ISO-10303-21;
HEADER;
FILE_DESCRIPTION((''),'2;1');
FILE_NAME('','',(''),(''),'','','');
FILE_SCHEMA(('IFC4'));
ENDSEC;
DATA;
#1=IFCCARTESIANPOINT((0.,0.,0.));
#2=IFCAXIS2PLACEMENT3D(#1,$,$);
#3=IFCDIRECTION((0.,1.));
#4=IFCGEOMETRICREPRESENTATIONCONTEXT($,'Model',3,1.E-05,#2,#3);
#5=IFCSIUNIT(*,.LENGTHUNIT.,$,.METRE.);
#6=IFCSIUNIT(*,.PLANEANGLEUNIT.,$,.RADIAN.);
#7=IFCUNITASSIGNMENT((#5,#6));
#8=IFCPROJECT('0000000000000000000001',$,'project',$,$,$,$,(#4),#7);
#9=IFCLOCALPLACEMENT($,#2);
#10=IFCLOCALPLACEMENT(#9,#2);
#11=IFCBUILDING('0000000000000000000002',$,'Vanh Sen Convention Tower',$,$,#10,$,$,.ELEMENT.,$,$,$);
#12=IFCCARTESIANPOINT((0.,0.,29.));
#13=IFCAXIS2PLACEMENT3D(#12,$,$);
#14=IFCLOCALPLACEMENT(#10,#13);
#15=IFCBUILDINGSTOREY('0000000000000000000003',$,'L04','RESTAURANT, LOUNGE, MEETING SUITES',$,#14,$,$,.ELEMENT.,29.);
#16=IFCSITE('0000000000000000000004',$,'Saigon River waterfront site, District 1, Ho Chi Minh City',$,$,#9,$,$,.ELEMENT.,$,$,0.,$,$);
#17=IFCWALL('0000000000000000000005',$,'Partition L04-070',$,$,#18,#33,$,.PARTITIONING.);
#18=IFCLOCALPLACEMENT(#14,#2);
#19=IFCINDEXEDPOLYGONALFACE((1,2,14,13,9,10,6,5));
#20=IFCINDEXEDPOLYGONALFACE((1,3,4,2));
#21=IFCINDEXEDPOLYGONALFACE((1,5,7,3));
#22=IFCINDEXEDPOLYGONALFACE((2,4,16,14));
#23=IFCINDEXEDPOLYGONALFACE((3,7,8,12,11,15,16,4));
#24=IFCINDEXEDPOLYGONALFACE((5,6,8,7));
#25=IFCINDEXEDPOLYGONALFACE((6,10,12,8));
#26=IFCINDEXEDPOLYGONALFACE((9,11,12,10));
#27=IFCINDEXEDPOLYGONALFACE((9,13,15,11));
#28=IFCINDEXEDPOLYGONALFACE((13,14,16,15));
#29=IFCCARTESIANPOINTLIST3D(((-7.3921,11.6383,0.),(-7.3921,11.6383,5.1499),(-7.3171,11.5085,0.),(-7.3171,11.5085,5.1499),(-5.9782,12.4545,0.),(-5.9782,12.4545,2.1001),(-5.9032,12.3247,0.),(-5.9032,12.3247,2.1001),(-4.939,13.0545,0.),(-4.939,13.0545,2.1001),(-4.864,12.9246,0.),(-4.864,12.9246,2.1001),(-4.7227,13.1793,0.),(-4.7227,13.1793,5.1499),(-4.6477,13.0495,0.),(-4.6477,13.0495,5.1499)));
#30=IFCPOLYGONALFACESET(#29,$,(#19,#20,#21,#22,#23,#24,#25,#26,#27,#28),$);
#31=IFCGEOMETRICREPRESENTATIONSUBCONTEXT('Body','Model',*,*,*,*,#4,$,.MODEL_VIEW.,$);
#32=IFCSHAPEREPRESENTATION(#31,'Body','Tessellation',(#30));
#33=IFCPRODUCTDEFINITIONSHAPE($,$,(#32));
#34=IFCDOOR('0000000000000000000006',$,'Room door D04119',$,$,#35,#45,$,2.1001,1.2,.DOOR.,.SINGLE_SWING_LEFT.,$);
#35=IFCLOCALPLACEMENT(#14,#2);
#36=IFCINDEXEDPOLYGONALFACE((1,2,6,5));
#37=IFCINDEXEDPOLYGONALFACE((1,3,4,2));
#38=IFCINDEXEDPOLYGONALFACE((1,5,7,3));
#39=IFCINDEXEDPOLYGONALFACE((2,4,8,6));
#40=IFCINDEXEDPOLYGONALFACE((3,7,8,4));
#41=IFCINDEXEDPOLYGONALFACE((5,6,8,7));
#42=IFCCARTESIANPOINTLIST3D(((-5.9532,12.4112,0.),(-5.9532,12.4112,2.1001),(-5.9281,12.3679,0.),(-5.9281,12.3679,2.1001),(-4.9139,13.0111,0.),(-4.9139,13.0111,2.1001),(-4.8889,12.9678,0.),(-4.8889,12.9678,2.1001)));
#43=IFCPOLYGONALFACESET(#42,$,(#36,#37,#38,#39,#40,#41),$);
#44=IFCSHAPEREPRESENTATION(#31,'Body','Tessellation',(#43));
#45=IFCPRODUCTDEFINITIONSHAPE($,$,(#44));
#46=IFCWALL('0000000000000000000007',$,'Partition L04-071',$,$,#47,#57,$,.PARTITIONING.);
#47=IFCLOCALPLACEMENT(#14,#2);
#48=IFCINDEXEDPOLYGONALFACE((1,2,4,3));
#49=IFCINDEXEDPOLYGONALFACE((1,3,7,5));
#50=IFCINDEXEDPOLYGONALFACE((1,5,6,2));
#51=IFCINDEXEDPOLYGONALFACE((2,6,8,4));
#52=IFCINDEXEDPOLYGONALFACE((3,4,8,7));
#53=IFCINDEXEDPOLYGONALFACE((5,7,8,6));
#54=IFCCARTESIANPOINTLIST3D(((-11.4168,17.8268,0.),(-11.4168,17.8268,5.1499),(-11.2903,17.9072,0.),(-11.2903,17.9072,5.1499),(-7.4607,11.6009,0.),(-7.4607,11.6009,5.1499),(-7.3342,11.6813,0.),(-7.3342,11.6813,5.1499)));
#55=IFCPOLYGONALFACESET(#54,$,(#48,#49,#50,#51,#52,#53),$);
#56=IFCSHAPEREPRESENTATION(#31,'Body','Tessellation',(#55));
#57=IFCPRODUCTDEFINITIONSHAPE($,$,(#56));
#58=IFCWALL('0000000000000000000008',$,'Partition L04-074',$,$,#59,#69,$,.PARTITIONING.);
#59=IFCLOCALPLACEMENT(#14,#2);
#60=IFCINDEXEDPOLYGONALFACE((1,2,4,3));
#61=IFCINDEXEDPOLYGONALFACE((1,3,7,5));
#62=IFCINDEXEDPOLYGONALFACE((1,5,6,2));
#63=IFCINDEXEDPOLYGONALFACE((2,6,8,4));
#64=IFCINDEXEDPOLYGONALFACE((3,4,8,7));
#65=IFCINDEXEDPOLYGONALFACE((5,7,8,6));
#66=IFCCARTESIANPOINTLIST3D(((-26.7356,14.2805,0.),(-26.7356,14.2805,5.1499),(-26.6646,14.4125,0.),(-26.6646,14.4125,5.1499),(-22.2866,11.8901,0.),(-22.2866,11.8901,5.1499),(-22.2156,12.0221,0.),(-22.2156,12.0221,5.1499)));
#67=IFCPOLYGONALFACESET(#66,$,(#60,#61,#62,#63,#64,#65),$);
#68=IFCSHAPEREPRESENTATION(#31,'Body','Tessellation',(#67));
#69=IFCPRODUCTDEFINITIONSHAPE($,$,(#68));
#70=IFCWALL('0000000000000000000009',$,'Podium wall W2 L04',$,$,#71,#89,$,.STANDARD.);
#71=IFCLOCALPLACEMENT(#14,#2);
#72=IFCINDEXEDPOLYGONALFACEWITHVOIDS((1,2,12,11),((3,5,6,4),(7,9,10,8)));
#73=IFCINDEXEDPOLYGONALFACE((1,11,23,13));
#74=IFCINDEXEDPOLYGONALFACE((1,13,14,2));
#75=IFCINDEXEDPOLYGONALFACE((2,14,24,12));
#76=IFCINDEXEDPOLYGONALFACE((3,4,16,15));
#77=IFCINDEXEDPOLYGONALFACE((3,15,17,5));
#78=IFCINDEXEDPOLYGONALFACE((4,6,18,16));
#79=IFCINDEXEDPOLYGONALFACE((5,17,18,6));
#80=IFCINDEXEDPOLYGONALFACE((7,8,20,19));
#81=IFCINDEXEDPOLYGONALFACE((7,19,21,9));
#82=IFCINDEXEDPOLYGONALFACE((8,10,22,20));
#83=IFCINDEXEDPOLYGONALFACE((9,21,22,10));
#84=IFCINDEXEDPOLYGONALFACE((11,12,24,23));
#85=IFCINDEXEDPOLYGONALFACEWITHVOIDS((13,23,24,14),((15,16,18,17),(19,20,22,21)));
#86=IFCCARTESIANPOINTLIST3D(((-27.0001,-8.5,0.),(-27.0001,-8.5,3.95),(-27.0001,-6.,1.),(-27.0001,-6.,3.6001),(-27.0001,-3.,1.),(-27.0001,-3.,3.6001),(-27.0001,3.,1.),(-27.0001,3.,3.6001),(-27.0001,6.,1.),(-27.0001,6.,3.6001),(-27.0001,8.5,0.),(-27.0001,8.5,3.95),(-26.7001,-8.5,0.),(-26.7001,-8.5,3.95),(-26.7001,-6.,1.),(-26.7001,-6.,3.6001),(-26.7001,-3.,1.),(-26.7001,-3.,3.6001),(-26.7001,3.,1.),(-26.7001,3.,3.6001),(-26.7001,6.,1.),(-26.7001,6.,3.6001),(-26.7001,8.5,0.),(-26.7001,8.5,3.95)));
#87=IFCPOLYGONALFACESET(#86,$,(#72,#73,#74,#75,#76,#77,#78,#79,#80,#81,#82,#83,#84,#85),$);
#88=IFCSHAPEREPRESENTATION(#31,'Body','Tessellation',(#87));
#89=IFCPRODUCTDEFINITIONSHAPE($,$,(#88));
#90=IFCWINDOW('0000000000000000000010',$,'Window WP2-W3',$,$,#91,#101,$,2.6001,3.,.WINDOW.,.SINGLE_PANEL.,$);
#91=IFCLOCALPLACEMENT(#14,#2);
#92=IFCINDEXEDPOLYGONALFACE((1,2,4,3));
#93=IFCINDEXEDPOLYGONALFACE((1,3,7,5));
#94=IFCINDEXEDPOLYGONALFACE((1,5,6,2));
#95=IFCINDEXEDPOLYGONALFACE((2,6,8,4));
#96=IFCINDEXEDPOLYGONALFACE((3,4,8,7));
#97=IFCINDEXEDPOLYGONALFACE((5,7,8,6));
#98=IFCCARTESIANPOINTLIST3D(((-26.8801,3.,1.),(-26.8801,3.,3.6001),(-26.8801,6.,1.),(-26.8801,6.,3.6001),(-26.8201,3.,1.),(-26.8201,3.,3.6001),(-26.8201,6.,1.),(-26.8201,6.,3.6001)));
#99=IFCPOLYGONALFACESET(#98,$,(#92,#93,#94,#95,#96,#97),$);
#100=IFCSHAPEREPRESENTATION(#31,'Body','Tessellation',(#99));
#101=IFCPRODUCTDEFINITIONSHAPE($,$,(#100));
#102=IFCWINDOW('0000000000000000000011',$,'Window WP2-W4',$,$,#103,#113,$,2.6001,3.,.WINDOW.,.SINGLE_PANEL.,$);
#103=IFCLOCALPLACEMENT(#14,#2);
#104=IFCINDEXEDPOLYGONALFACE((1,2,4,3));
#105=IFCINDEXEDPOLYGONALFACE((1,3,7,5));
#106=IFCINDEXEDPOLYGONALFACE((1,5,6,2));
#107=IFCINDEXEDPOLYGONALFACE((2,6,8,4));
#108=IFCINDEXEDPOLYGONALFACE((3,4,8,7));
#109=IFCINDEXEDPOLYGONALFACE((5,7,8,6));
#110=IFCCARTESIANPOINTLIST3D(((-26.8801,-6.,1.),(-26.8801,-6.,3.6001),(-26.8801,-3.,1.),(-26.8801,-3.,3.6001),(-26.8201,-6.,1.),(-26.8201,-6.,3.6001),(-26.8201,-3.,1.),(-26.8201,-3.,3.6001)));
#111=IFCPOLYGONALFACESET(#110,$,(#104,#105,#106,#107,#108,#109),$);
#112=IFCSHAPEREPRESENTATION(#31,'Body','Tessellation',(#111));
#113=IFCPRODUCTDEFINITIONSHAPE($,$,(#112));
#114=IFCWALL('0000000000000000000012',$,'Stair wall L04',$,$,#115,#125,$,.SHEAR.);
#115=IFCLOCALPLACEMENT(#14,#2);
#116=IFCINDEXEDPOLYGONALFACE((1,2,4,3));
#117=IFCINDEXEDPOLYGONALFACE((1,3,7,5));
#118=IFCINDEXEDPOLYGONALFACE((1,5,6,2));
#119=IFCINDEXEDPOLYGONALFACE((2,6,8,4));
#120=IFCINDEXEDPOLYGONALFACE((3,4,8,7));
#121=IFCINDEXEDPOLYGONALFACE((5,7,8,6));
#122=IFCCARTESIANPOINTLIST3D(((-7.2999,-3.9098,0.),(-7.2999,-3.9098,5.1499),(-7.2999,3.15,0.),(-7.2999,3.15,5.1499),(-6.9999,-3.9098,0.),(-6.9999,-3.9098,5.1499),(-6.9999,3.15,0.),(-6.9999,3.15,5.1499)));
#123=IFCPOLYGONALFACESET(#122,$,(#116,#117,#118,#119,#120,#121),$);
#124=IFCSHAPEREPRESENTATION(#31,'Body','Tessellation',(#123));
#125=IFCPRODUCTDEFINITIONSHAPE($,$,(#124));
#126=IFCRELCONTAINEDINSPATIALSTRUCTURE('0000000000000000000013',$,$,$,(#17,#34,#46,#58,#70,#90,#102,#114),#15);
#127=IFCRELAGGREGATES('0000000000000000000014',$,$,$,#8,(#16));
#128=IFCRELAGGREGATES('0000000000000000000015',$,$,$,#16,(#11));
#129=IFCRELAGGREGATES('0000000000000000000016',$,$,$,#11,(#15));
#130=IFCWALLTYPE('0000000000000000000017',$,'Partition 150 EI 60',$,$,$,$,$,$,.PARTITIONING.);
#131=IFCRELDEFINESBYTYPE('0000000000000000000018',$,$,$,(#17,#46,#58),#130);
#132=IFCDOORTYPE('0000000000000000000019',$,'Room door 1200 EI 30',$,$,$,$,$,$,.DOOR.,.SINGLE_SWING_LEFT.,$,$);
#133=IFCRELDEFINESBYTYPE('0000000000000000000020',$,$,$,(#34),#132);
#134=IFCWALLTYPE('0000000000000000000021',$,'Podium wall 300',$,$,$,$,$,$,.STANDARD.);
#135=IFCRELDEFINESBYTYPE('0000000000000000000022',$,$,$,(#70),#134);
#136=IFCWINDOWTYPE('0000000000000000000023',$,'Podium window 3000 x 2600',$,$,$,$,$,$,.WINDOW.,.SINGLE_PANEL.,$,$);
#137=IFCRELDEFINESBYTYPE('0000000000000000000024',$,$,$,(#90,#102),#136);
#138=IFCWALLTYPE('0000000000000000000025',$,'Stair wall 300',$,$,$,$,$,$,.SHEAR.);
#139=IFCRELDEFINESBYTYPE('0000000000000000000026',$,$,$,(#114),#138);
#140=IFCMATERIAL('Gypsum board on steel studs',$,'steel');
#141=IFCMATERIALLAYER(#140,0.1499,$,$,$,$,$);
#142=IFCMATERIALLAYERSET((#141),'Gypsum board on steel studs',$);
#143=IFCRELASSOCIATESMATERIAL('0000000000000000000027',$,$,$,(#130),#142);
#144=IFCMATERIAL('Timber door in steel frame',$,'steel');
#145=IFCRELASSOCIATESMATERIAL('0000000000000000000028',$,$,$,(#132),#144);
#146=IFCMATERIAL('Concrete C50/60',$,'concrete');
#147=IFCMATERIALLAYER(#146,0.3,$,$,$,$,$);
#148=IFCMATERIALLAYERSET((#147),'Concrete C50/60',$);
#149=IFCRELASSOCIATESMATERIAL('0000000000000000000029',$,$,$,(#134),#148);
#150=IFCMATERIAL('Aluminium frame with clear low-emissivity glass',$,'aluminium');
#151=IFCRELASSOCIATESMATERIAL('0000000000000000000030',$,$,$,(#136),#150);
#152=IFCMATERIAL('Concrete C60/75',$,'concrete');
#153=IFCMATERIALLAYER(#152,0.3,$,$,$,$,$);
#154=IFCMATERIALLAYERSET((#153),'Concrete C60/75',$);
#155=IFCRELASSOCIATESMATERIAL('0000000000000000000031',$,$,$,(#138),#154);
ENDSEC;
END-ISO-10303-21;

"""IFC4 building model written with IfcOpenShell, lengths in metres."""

from ifc_helpers import new_model, si_unit, direction, frame, frame_2d, origin, place, context, subcontext, project, spatial, rectangle, extrude, material, layer, layer_set, type_object, element, fill, save


model = new_model("IFC4")

# Units and contexts
model_context = context("Model", 3, precision=1e-05, world=origin(), true_north=direction((0.0, 1.0)))
body_context = subcontext(model_context, "Body", "Model", "MODEL_VIEW")
ifc_project = project(units=[si_unit("LENGTHUNIT", "METRE"), si_unit("PLANEANGLEUNIT", "RADIAN")], contexts=[model_context])

# Site, building, storey
site_placement = place(None, origin())
site = spatial("IfcSite", under=ifc_project, at=site_placement, Name="Saigon River waterfront site, District 1, Ho Chi Minh City", CompositionType="ELEMENT", RefElevation=0.0)
building_placement = place(site_placement, origin())
building = spatial("IfcBuilding", under=site, at=building_placement, Name="Vanh Sen Convention Tower", CompositionType="ELEMENT")
storey_placement = place(building_placement, frame((0.0, 0.0, 29.0)))
storey = spatial("IfcBuildingStorey", under=building, at=storey_placement, Name="L04", Description="RESTAURANT, LOUNGE, MEETING SUITES", CompositionType="ELEMENT", Elevation=29.0)

# Shared definitions
ifc_material_1 = material(Name="Concrete C60/75", Category="concrete")

# Shared definitions
ifc_material_2 = material(Name="Gypsum board on steel studs", Category="steel")
ifc_layer_1 = layer(ifc_material_2, 0.1499)
ifc_layer_set_1 = layer_set([ifc_layer_1], Name="Gypsum board on steel studs")
wall_type_1 = type_object("IfcWallType", Name="Partition 150 EI 60", PredefinedType="PARTITIONING", material=ifc_layer_set_1)

# Wall, opening, door
wall_1_placement = place(storey_placement, frame((-7.3545, 11.5735, 0.0), z_axis=(0.0, 0.0, 1.0), x_axis=(0.866051, 0.499956, 0.0)))
wall_1 = element("IfcWall", 1, at=wall_1_placement, inside=storey, type_object=wall_type_1, Name="Partition L04-070", PredefinedType="PARTITIONING", context=body_context, shape_type="SweptSolid", body=[
    extrude(rectangle(XDim=3.0823, YDim=0.1499, at=frame_2d((1.541, 0.0))), origin(), (0.0, 0.0, 1.0), 5.1499),
])
opening_1_placement = place(wall_1_placement, frame((1.6323, 0.0, 0.0)))
opening_1 = element("IfcOpeningElement", 2, at=opening_1_placement, cuts=wall_1, PredefinedType="OPENING", context=body_context, shape_type="SweptSolid", body=[
    extrude(rectangle(XDim=1.2, YDim=2.1001, at=frame_2d((0.6001, 1.05))), frame((0.0, 0.085, 0.0), z_axis=(0.0, -1.0, 0.0), x_axis=(1.0, 0.0, 0.0)), (0.0, 0.0, 1.0), 0.1699),
])
ifc_material_3 = material(Name="Timber door in steel frame", Category="steel")
door_type_1 = type_object("IfcDoorType", Name="Room door 1200 EI 30", OperationType="SINGLE_SWING_LEFT", PredefinedType="DOOR", material=ifc_material_3)
door_1_placement = place(opening_1_placement, origin())
door_1 = element("IfcDoor", 3, at=door_1_placement, inside=storey, type_object=door_type_1, Name="Room door D04119", OperationType="SINGLE_SWING_LEFT", OverallHeight=2.1001, OverallWidth=1.2, PredefinedType="DOOR", context=body_context, shape_type="SweptSolid", body=[
    extrude(rectangle(XDim=1.2, YDim=2.1001, at=frame_2d((0.6001, 1.05))), frame((0.0, 0.0249, 0.0), z_axis=(0.0, -1.0, 0.0), x_axis=(1.0, 0.0, 0.0)), (0.0, 0.0, 1.0), 0.05),
])
fill(opening_1, door_1)

# Walls
wall_2_placement = place(storey_placement, frame((-7.3975, 11.6411, 0.0), z_axis=(0.0, 0.0, 1.0), x_axis=(-0.536312, 0.84402, 0.0)))
element("IfcWall", 4, at=wall_2_placement, inside=storey, type_object=wall_type_1, Name="Partition L04-071", PredefinedType="PARTITIONING", context=body_context, shape_type="SweptSolid", body=[
    extrude(rectangle(XDim=7.3765, YDim=0.1499, at=frame_2d((3.6882, 0.0))), origin(), (0.0, 0.0, 1.0), 5.1499),
])
wall_3_placement = place(storey_placement, frame((-22.251, 11.9561, 0.0), z_axis=(0.0, 0.0, 1.0), x_axis=(-0.880902, 0.473298, 0.0)))
element("IfcWall", 5, at=wall_3_placement, inside=storey, type_object=wall_type_1, Name="Partition L04-074", PredefinedType="PARTITIONING", context=body_context, shape_type="SweptSolid", body=[
    extrude(rectangle(XDim=5.0505, YDim=0.1499, at=frame_2d((2.5254, 0.0))), origin(), (0.0, 0.0, 1.0), 5.1499),
])

# Wall, openings, windows
ifc_material_4 = material(Name="Concrete C50/60", Category="concrete")
ifc_layer_2 = layer(ifc_material_4, 0.3)
ifc_layer_set_2 = layer_set([ifc_layer_2], Name="Concrete C50/60")
wall_type_2 = type_object("IfcWallType", Name="Podium wall 300", PredefinedType="STANDARD", material=ifc_layer_set_2)
wall_4_placement = place(storey_placement, frame((-26.8501, 8.5, 0.0), z_axis=(0.0, 0.0, 1.0), x_axis=(0.0, -1.0, 0.0)))
wall_4 = element("IfcWall", 6, at=wall_4_placement, inside=storey, type_object=wall_type_2, Name="Podium wall W2 L04", PredefinedType="STANDARD", context=body_context, shape_type="SweptSolid", body=[
    extrude(rectangle(XDim=17.0, YDim=0.3, at=frame_2d((8.5, 0.0))), origin(), (0.0, 0.0, 1.0), 3.95),
])
opening_2_placement = place(wall_4_placement, frame((2.5, 0.0, 1.0)))
opening_2 = element("IfcOpeningElement", 7, at=opening_2_placement, cuts=wall_4, PredefinedType="OPENING", context=body_context, shape_type="SweptSolid", body=[
    extrude(rectangle(XDim=3.0, YDim=2.6001, at=frame_2d((1.5, 1.3))), frame((0.0, 0.1599, 0.0), z_axis=(0.0, -1.0, 0.0), x_axis=(1.0, 0.0, 0.0)), (0.0, 0.0, 1.0), 0.3201),
])
opening_3_placement = place(wall_4_placement, frame((11.5, 0.0, 1.0)))
opening_3 = element("IfcOpeningElement", 8, at=opening_3_placement, cuts=wall_4, PredefinedType="OPENING", context=body_context, shape_type="SweptSolid", body=[
    extrude(rectangle(XDim=3.0, YDim=2.6001, at=frame_2d((1.5, 1.3))), frame((0.0, 0.1599, 0.0), z_axis=(0.0, -1.0, 0.0), x_axis=(1.0, 0.0, 0.0)), (0.0, 0.0, 1.0), 0.3201),
])
ifc_material_5 = material(Name="Aluminium frame with clear low-emissivity glass", Category="aluminium")
window_type = type_object("IfcWindowType", Name="Podium window 3000 x 2600", PartitioningType="SINGLE_PANEL", PredefinedType="WINDOW", material=ifc_material_5)
window_1_placement = place(opening_2_placement, origin())
window_1 = element("IfcWindow", 9, at=window_1_placement, inside=storey, type_object=window_type, Name="Window WP2-W3", OverallHeight=2.6001, OverallWidth=3.0, PartitioningType="SINGLE_PANEL", PredefinedType="WINDOW", context=body_context, shape_type="SweptSolid", body=[
    extrude(rectangle(XDim=3.0, YDim=2.6001, at=frame_2d((1.5, 1.3))), frame((0.0, 0.03, 0.0), z_axis=(0.0, -1.0, 0.0), x_axis=(1.0, 0.0, 0.0)), (0.0, 0.0, 1.0), 0.0601),
])
fill(opening_2, window_1)
window_2_placement = place(opening_3_placement, origin())
window_2 = element("IfcWindow", 10, at=window_2_placement, inside=storey, type_object=window_type, Name="Window WP2-W4", OverallHeight=2.6001, OverallWidth=3.0, PartitioningType="SINGLE_PANEL", PredefinedType="WINDOW", context=body_context, shape_type="SweptSolid", body=[
    extrude(rectangle(XDim=3.0, YDim=2.6001, at=frame_2d((1.5, 1.3))), frame((0.0, 0.03, 0.0), z_axis=(0.0, -1.0, 0.0), x_axis=(1.0, 0.0, 0.0)), (0.0, 0.0, 1.0), 0.0601),
])
fill(opening_3, window_2)

# Wall
ifc_layer_3 = layer(ifc_material_1, 0.3)
ifc_layer_set_3 = layer_set([ifc_layer_3], Name="Concrete C60/75")
wall_type_3 = type_object("IfcWallType", Name="Stair wall 300", PredefinedType="SHEAR", material=ifc_layer_set_3)
wall_5_placement = place(storey_placement, frame((-7.1499, 3.1499, 0.0), z_axis=(0.0, 0.0, 1.0), x_axis=(0.0, -1.0, 0.0)))
element("IfcWall", 11, at=wall_5_placement, inside=storey, type_object=wall_type_3, Name="Stair wall L04", PredefinedType="SHEAR", context=body_context, shape_type="SweptSolid", body=[
    extrude(rectangle(XDim=7.0598, YDim=0.3, at=frame_2d((3.5298, 0.0))), origin(), (0.0, 0.0, 1.0), 5.1499),
])

save(model, "model.ifc")
